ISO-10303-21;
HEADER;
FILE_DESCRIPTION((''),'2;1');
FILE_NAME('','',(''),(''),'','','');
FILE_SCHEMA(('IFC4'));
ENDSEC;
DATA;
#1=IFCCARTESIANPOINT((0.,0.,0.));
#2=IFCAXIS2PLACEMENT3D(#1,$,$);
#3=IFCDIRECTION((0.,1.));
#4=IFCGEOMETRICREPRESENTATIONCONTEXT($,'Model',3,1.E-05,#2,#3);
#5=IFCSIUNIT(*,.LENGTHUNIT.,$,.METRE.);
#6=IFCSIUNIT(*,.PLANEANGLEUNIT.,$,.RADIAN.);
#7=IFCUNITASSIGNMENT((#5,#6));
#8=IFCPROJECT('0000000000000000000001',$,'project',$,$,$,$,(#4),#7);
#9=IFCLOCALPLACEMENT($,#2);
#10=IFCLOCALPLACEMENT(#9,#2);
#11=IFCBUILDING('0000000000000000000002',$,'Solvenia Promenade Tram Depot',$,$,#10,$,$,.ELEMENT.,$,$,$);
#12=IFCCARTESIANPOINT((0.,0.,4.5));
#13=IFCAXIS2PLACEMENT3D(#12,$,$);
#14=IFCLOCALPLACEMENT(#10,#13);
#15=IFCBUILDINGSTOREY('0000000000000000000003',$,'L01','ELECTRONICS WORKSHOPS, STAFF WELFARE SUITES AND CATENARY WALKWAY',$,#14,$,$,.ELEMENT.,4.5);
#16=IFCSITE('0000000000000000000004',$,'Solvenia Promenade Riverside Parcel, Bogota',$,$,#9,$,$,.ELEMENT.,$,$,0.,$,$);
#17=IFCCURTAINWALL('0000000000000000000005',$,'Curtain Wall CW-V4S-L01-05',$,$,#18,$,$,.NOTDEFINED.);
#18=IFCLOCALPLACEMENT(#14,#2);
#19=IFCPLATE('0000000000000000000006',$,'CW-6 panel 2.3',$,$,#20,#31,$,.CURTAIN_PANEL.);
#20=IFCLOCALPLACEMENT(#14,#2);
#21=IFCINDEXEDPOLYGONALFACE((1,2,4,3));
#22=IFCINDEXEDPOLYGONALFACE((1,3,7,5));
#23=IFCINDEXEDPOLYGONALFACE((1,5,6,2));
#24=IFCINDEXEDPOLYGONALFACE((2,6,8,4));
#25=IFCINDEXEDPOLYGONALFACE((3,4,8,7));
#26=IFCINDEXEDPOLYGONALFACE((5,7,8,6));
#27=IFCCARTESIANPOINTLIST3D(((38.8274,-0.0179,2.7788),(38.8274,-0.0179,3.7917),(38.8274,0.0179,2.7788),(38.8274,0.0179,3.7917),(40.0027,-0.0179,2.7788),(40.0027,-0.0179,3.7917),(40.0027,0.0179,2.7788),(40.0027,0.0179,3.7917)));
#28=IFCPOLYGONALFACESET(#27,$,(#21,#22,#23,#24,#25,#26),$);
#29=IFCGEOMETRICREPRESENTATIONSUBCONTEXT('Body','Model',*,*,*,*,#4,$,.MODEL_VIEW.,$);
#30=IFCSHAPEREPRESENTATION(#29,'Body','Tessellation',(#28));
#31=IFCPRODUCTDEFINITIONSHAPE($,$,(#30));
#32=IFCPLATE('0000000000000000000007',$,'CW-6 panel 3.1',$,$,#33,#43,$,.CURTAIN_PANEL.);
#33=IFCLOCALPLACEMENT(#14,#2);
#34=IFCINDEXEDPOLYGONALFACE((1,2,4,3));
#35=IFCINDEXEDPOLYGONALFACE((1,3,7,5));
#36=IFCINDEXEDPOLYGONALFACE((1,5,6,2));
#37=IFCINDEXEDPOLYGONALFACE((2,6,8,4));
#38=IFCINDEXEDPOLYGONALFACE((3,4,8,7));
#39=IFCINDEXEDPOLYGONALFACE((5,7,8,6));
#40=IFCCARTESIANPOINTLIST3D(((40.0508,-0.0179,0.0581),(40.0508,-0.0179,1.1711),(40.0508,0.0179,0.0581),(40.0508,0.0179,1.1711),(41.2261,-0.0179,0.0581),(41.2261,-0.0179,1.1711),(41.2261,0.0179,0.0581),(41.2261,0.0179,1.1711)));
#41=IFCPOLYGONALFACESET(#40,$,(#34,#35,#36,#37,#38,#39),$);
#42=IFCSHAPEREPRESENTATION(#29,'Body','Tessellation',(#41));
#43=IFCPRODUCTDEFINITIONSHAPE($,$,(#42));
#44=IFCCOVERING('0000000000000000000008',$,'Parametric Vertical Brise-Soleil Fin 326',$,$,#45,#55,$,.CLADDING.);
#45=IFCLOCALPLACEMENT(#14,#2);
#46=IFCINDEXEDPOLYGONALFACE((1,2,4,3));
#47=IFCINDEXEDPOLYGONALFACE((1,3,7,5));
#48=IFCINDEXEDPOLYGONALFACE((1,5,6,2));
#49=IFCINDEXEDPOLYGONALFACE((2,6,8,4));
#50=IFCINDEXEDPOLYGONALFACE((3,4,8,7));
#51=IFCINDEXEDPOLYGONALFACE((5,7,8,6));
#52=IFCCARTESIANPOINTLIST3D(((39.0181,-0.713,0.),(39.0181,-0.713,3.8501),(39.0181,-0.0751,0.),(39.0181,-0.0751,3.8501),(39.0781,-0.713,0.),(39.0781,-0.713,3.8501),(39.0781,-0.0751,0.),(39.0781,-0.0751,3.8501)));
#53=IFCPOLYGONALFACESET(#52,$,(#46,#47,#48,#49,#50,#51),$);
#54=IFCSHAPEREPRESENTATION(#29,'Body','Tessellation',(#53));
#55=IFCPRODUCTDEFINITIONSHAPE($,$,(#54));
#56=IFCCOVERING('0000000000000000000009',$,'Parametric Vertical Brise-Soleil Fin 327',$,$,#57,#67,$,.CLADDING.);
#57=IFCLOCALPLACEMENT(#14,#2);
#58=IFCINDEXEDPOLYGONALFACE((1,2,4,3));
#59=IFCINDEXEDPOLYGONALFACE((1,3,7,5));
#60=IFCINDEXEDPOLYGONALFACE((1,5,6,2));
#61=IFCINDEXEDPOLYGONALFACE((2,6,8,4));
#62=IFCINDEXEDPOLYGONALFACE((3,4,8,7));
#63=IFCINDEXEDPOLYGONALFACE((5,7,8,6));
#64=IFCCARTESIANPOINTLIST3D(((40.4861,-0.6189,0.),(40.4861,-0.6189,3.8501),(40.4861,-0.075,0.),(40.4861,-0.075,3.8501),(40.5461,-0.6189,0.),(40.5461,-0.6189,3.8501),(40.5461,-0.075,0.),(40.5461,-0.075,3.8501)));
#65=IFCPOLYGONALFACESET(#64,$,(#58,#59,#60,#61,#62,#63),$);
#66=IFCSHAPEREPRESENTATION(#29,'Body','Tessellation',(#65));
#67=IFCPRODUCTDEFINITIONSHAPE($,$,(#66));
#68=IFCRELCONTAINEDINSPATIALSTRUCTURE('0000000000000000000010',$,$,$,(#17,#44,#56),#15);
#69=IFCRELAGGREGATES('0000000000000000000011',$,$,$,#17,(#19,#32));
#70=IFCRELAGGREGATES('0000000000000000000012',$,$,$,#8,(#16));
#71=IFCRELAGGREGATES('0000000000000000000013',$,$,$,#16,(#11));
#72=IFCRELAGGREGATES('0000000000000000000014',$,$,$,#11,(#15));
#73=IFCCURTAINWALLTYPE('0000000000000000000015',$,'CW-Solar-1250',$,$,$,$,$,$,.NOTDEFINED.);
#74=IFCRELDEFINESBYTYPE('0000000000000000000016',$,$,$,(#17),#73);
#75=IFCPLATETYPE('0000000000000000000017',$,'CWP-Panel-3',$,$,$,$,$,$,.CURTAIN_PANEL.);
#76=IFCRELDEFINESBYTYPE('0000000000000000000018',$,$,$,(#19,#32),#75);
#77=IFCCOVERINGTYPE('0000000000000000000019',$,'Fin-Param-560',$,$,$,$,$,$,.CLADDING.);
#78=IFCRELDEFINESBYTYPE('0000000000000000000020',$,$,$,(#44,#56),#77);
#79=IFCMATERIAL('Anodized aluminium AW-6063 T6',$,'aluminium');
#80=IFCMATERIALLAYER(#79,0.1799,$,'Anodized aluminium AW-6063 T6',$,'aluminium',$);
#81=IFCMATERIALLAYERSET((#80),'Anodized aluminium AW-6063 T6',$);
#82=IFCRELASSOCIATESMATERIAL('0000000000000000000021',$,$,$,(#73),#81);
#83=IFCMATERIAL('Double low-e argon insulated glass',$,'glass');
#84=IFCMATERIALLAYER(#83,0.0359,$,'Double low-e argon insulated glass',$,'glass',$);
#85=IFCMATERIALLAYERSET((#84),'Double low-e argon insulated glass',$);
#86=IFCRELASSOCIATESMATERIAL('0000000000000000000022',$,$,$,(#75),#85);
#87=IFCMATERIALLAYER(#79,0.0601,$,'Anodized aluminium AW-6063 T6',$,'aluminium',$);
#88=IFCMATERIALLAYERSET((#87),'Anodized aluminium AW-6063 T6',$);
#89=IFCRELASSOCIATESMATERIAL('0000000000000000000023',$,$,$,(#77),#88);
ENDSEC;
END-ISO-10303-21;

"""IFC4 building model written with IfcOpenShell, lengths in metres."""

from ifc_helpers import new_model, si_unit, direction, frame, origin, origin_2d, place, context, subcontext, project, spatial, rectangle, extrude, material, layer, layer_set, type_object, element, aggregate, save


model = new_model("IFC4")

# Units and contexts
model_context = context("Model", 3, precision=1e-05, world=origin(), true_north=direction((0.0, 1.0)))
body_context = subcontext(model_context, "Body", "Model", "MODEL_VIEW")
ifc_project = project(units=[si_unit("LENGTHUNIT", "METRE"), si_unit("PLANEANGLEUNIT", "RADIAN")], contexts=[model_context])

# Site, building, storey
site_placement = place(None, origin())
site = spatial("IfcSite", under=ifc_project, at=site_placement, Name="Solvenia Promenade Riverside Parcel, Bogota", CompositionType="ELEMENT", RefElevation=0.0)
building_placement = place(site_placement, origin())
building = spatial("IfcBuilding", under=site, at=building_placement, Name="Solvenia Promenade Tram Depot", CompositionType="ELEMENT")
storey_placement = place(building_placement, frame((0.0, 0.0, 4.5)))
storey = spatial("IfcBuildingStorey", under=building, at=storey_placement, Name="L01", Description="ELECTRONICS WORKSHOPS, STAFF WELFARE SUITES AND CATENARY WALKWAY", CompositionType="ELEMENT", Elevation=4.5)

# Curtain wall
ifc_material_1 = material(Name="Anodized aluminium AW-6063 T6", Category="aluminium")
ifc_layer_1 = layer(ifc_material_1, 0.1799, Name="Anodized aluminium AW-6063 T6", Category="aluminium")
ifc_layer_set_1 = layer_set([ifc_layer_1], Name="Anodized aluminium AW-6063 T6")
curtain_wall_type = type_object("IfcCurtainWallType", Name="CW-Solar-1250", PredefinedType="NOTDEFINED", material=ifc_layer_set_1)
curtain_wall_placement = place(storey_placement, origin())
curtain_wall = element("IfcCurtainWall", 1, at=curtain_wall_placement, inside=storey, type_object=curtain_wall_type, Name="Curtain Wall CW-V4S-L01-05", PredefinedType="NOTDEFINED")

# Plates
ifc_material_2 = material(Name="Double low-e argon insulated glass", Category="glass")
ifc_layer_2 = layer(ifc_material_2, 0.0359, Name="Double low-e argon insulated glass", Category="glass")
ifc_layer_set_2 = layer_set([ifc_layer_2], Name="Double low-e argon insulated glass")
plate_type = type_object("IfcPlateType", Name="CWP-Panel-3", PredefinedType="CURTAIN_PANEL", material=ifc_layer_set_2)
plate_1_placement = place(storey_placement, frame((39.415, 0.0, 2.7788), z_axis=(0.0, 0.0, 1.0), x_axis=(1.0, 0.0, 0.0)))
plate_1 = element("IfcPlate", 2, at=plate_1_placement, type_object=plate_type, Name="CW-6 panel 2.3", PredefinedType="CURTAIN_PANEL", context=body_context, shape_type="SweptSolid", body=[
    extrude(rectangle(XDim=1.1753, YDim=0.0359, at=origin_2d()), origin(), (0.0, 0.0, 1.0), 1.0129),
])
plate_2_placement = place(storey_placement, frame((40.6384, 0.0, 0.0581), z_axis=(0.0, 0.0, 1.0), x_axis=(1.0, 0.0, 0.0)))
plate_2 = element("IfcPlate", 3, at=plate_2_placement, type_object=plate_type, Name="CW-6 panel 3.1", PredefinedType="CURTAIN_PANEL", context=body_context, shape_type="SweptSolid", body=[
    extrude(rectangle(XDim=1.1753, YDim=0.0359, at=origin_2d()), origin(), (0.0, 0.0, 1.0), 1.113),
])
aggregate(curtain_wall, [plate_1, plate_2])

# Coverings
ifc_layer_3 = layer(ifc_material_1, 0.0601, Name="Anodized aluminium AW-6063 T6", Category="aluminium")
ifc_layer_set_3 = layer_set([ifc_layer_3], Name="Anodized aluminium AW-6063 T6")
covering_type = type_object("IfcCoveringType", Name="Fin-Param-560", PredefinedType="CLADDING", material=ifc_layer_set_3)
covering_1_placement = place(storey_placement, frame((39.0481, -0.394, 0.0), z_axis=(0.0, 0.0, 1.0), x_axis=(1.0, 0.0, 0.0)))
element("IfcCovering", 4, at=covering_1_placement, inside=storey, type_object=covering_type, Name="Parametric Vertical Brise-Soleil Fin 326", PredefinedType="CLADDING", context=body_context, shape_type="SweptSolid", body=[
    extrude(rectangle(XDim=0.0601, YDim=0.6379, at=origin_2d()), origin(), (0.0, 0.0, 1.0), 3.8501),
])
covering_2_placement = place(storey_placement, frame((40.5161, -0.3469, 0.0), z_axis=(0.0, 0.0, 1.0), x_axis=(1.0, 0.0, 0.0)))
element("IfcCovering", 5, at=covering_2_placement, inside=storey, type_object=covering_type, Name="Parametric Vertical Brise-Soleil Fin 327", PredefinedType="CLADDING", context=body_context, shape_type="SweptSolid", body=[
    extrude(rectangle(XDim=0.0601, YDim=0.5439, at=origin_2d()), origin(), (0.0, 0.0, 1.0), 3.8501),
])

save(model, "model.ifc")
